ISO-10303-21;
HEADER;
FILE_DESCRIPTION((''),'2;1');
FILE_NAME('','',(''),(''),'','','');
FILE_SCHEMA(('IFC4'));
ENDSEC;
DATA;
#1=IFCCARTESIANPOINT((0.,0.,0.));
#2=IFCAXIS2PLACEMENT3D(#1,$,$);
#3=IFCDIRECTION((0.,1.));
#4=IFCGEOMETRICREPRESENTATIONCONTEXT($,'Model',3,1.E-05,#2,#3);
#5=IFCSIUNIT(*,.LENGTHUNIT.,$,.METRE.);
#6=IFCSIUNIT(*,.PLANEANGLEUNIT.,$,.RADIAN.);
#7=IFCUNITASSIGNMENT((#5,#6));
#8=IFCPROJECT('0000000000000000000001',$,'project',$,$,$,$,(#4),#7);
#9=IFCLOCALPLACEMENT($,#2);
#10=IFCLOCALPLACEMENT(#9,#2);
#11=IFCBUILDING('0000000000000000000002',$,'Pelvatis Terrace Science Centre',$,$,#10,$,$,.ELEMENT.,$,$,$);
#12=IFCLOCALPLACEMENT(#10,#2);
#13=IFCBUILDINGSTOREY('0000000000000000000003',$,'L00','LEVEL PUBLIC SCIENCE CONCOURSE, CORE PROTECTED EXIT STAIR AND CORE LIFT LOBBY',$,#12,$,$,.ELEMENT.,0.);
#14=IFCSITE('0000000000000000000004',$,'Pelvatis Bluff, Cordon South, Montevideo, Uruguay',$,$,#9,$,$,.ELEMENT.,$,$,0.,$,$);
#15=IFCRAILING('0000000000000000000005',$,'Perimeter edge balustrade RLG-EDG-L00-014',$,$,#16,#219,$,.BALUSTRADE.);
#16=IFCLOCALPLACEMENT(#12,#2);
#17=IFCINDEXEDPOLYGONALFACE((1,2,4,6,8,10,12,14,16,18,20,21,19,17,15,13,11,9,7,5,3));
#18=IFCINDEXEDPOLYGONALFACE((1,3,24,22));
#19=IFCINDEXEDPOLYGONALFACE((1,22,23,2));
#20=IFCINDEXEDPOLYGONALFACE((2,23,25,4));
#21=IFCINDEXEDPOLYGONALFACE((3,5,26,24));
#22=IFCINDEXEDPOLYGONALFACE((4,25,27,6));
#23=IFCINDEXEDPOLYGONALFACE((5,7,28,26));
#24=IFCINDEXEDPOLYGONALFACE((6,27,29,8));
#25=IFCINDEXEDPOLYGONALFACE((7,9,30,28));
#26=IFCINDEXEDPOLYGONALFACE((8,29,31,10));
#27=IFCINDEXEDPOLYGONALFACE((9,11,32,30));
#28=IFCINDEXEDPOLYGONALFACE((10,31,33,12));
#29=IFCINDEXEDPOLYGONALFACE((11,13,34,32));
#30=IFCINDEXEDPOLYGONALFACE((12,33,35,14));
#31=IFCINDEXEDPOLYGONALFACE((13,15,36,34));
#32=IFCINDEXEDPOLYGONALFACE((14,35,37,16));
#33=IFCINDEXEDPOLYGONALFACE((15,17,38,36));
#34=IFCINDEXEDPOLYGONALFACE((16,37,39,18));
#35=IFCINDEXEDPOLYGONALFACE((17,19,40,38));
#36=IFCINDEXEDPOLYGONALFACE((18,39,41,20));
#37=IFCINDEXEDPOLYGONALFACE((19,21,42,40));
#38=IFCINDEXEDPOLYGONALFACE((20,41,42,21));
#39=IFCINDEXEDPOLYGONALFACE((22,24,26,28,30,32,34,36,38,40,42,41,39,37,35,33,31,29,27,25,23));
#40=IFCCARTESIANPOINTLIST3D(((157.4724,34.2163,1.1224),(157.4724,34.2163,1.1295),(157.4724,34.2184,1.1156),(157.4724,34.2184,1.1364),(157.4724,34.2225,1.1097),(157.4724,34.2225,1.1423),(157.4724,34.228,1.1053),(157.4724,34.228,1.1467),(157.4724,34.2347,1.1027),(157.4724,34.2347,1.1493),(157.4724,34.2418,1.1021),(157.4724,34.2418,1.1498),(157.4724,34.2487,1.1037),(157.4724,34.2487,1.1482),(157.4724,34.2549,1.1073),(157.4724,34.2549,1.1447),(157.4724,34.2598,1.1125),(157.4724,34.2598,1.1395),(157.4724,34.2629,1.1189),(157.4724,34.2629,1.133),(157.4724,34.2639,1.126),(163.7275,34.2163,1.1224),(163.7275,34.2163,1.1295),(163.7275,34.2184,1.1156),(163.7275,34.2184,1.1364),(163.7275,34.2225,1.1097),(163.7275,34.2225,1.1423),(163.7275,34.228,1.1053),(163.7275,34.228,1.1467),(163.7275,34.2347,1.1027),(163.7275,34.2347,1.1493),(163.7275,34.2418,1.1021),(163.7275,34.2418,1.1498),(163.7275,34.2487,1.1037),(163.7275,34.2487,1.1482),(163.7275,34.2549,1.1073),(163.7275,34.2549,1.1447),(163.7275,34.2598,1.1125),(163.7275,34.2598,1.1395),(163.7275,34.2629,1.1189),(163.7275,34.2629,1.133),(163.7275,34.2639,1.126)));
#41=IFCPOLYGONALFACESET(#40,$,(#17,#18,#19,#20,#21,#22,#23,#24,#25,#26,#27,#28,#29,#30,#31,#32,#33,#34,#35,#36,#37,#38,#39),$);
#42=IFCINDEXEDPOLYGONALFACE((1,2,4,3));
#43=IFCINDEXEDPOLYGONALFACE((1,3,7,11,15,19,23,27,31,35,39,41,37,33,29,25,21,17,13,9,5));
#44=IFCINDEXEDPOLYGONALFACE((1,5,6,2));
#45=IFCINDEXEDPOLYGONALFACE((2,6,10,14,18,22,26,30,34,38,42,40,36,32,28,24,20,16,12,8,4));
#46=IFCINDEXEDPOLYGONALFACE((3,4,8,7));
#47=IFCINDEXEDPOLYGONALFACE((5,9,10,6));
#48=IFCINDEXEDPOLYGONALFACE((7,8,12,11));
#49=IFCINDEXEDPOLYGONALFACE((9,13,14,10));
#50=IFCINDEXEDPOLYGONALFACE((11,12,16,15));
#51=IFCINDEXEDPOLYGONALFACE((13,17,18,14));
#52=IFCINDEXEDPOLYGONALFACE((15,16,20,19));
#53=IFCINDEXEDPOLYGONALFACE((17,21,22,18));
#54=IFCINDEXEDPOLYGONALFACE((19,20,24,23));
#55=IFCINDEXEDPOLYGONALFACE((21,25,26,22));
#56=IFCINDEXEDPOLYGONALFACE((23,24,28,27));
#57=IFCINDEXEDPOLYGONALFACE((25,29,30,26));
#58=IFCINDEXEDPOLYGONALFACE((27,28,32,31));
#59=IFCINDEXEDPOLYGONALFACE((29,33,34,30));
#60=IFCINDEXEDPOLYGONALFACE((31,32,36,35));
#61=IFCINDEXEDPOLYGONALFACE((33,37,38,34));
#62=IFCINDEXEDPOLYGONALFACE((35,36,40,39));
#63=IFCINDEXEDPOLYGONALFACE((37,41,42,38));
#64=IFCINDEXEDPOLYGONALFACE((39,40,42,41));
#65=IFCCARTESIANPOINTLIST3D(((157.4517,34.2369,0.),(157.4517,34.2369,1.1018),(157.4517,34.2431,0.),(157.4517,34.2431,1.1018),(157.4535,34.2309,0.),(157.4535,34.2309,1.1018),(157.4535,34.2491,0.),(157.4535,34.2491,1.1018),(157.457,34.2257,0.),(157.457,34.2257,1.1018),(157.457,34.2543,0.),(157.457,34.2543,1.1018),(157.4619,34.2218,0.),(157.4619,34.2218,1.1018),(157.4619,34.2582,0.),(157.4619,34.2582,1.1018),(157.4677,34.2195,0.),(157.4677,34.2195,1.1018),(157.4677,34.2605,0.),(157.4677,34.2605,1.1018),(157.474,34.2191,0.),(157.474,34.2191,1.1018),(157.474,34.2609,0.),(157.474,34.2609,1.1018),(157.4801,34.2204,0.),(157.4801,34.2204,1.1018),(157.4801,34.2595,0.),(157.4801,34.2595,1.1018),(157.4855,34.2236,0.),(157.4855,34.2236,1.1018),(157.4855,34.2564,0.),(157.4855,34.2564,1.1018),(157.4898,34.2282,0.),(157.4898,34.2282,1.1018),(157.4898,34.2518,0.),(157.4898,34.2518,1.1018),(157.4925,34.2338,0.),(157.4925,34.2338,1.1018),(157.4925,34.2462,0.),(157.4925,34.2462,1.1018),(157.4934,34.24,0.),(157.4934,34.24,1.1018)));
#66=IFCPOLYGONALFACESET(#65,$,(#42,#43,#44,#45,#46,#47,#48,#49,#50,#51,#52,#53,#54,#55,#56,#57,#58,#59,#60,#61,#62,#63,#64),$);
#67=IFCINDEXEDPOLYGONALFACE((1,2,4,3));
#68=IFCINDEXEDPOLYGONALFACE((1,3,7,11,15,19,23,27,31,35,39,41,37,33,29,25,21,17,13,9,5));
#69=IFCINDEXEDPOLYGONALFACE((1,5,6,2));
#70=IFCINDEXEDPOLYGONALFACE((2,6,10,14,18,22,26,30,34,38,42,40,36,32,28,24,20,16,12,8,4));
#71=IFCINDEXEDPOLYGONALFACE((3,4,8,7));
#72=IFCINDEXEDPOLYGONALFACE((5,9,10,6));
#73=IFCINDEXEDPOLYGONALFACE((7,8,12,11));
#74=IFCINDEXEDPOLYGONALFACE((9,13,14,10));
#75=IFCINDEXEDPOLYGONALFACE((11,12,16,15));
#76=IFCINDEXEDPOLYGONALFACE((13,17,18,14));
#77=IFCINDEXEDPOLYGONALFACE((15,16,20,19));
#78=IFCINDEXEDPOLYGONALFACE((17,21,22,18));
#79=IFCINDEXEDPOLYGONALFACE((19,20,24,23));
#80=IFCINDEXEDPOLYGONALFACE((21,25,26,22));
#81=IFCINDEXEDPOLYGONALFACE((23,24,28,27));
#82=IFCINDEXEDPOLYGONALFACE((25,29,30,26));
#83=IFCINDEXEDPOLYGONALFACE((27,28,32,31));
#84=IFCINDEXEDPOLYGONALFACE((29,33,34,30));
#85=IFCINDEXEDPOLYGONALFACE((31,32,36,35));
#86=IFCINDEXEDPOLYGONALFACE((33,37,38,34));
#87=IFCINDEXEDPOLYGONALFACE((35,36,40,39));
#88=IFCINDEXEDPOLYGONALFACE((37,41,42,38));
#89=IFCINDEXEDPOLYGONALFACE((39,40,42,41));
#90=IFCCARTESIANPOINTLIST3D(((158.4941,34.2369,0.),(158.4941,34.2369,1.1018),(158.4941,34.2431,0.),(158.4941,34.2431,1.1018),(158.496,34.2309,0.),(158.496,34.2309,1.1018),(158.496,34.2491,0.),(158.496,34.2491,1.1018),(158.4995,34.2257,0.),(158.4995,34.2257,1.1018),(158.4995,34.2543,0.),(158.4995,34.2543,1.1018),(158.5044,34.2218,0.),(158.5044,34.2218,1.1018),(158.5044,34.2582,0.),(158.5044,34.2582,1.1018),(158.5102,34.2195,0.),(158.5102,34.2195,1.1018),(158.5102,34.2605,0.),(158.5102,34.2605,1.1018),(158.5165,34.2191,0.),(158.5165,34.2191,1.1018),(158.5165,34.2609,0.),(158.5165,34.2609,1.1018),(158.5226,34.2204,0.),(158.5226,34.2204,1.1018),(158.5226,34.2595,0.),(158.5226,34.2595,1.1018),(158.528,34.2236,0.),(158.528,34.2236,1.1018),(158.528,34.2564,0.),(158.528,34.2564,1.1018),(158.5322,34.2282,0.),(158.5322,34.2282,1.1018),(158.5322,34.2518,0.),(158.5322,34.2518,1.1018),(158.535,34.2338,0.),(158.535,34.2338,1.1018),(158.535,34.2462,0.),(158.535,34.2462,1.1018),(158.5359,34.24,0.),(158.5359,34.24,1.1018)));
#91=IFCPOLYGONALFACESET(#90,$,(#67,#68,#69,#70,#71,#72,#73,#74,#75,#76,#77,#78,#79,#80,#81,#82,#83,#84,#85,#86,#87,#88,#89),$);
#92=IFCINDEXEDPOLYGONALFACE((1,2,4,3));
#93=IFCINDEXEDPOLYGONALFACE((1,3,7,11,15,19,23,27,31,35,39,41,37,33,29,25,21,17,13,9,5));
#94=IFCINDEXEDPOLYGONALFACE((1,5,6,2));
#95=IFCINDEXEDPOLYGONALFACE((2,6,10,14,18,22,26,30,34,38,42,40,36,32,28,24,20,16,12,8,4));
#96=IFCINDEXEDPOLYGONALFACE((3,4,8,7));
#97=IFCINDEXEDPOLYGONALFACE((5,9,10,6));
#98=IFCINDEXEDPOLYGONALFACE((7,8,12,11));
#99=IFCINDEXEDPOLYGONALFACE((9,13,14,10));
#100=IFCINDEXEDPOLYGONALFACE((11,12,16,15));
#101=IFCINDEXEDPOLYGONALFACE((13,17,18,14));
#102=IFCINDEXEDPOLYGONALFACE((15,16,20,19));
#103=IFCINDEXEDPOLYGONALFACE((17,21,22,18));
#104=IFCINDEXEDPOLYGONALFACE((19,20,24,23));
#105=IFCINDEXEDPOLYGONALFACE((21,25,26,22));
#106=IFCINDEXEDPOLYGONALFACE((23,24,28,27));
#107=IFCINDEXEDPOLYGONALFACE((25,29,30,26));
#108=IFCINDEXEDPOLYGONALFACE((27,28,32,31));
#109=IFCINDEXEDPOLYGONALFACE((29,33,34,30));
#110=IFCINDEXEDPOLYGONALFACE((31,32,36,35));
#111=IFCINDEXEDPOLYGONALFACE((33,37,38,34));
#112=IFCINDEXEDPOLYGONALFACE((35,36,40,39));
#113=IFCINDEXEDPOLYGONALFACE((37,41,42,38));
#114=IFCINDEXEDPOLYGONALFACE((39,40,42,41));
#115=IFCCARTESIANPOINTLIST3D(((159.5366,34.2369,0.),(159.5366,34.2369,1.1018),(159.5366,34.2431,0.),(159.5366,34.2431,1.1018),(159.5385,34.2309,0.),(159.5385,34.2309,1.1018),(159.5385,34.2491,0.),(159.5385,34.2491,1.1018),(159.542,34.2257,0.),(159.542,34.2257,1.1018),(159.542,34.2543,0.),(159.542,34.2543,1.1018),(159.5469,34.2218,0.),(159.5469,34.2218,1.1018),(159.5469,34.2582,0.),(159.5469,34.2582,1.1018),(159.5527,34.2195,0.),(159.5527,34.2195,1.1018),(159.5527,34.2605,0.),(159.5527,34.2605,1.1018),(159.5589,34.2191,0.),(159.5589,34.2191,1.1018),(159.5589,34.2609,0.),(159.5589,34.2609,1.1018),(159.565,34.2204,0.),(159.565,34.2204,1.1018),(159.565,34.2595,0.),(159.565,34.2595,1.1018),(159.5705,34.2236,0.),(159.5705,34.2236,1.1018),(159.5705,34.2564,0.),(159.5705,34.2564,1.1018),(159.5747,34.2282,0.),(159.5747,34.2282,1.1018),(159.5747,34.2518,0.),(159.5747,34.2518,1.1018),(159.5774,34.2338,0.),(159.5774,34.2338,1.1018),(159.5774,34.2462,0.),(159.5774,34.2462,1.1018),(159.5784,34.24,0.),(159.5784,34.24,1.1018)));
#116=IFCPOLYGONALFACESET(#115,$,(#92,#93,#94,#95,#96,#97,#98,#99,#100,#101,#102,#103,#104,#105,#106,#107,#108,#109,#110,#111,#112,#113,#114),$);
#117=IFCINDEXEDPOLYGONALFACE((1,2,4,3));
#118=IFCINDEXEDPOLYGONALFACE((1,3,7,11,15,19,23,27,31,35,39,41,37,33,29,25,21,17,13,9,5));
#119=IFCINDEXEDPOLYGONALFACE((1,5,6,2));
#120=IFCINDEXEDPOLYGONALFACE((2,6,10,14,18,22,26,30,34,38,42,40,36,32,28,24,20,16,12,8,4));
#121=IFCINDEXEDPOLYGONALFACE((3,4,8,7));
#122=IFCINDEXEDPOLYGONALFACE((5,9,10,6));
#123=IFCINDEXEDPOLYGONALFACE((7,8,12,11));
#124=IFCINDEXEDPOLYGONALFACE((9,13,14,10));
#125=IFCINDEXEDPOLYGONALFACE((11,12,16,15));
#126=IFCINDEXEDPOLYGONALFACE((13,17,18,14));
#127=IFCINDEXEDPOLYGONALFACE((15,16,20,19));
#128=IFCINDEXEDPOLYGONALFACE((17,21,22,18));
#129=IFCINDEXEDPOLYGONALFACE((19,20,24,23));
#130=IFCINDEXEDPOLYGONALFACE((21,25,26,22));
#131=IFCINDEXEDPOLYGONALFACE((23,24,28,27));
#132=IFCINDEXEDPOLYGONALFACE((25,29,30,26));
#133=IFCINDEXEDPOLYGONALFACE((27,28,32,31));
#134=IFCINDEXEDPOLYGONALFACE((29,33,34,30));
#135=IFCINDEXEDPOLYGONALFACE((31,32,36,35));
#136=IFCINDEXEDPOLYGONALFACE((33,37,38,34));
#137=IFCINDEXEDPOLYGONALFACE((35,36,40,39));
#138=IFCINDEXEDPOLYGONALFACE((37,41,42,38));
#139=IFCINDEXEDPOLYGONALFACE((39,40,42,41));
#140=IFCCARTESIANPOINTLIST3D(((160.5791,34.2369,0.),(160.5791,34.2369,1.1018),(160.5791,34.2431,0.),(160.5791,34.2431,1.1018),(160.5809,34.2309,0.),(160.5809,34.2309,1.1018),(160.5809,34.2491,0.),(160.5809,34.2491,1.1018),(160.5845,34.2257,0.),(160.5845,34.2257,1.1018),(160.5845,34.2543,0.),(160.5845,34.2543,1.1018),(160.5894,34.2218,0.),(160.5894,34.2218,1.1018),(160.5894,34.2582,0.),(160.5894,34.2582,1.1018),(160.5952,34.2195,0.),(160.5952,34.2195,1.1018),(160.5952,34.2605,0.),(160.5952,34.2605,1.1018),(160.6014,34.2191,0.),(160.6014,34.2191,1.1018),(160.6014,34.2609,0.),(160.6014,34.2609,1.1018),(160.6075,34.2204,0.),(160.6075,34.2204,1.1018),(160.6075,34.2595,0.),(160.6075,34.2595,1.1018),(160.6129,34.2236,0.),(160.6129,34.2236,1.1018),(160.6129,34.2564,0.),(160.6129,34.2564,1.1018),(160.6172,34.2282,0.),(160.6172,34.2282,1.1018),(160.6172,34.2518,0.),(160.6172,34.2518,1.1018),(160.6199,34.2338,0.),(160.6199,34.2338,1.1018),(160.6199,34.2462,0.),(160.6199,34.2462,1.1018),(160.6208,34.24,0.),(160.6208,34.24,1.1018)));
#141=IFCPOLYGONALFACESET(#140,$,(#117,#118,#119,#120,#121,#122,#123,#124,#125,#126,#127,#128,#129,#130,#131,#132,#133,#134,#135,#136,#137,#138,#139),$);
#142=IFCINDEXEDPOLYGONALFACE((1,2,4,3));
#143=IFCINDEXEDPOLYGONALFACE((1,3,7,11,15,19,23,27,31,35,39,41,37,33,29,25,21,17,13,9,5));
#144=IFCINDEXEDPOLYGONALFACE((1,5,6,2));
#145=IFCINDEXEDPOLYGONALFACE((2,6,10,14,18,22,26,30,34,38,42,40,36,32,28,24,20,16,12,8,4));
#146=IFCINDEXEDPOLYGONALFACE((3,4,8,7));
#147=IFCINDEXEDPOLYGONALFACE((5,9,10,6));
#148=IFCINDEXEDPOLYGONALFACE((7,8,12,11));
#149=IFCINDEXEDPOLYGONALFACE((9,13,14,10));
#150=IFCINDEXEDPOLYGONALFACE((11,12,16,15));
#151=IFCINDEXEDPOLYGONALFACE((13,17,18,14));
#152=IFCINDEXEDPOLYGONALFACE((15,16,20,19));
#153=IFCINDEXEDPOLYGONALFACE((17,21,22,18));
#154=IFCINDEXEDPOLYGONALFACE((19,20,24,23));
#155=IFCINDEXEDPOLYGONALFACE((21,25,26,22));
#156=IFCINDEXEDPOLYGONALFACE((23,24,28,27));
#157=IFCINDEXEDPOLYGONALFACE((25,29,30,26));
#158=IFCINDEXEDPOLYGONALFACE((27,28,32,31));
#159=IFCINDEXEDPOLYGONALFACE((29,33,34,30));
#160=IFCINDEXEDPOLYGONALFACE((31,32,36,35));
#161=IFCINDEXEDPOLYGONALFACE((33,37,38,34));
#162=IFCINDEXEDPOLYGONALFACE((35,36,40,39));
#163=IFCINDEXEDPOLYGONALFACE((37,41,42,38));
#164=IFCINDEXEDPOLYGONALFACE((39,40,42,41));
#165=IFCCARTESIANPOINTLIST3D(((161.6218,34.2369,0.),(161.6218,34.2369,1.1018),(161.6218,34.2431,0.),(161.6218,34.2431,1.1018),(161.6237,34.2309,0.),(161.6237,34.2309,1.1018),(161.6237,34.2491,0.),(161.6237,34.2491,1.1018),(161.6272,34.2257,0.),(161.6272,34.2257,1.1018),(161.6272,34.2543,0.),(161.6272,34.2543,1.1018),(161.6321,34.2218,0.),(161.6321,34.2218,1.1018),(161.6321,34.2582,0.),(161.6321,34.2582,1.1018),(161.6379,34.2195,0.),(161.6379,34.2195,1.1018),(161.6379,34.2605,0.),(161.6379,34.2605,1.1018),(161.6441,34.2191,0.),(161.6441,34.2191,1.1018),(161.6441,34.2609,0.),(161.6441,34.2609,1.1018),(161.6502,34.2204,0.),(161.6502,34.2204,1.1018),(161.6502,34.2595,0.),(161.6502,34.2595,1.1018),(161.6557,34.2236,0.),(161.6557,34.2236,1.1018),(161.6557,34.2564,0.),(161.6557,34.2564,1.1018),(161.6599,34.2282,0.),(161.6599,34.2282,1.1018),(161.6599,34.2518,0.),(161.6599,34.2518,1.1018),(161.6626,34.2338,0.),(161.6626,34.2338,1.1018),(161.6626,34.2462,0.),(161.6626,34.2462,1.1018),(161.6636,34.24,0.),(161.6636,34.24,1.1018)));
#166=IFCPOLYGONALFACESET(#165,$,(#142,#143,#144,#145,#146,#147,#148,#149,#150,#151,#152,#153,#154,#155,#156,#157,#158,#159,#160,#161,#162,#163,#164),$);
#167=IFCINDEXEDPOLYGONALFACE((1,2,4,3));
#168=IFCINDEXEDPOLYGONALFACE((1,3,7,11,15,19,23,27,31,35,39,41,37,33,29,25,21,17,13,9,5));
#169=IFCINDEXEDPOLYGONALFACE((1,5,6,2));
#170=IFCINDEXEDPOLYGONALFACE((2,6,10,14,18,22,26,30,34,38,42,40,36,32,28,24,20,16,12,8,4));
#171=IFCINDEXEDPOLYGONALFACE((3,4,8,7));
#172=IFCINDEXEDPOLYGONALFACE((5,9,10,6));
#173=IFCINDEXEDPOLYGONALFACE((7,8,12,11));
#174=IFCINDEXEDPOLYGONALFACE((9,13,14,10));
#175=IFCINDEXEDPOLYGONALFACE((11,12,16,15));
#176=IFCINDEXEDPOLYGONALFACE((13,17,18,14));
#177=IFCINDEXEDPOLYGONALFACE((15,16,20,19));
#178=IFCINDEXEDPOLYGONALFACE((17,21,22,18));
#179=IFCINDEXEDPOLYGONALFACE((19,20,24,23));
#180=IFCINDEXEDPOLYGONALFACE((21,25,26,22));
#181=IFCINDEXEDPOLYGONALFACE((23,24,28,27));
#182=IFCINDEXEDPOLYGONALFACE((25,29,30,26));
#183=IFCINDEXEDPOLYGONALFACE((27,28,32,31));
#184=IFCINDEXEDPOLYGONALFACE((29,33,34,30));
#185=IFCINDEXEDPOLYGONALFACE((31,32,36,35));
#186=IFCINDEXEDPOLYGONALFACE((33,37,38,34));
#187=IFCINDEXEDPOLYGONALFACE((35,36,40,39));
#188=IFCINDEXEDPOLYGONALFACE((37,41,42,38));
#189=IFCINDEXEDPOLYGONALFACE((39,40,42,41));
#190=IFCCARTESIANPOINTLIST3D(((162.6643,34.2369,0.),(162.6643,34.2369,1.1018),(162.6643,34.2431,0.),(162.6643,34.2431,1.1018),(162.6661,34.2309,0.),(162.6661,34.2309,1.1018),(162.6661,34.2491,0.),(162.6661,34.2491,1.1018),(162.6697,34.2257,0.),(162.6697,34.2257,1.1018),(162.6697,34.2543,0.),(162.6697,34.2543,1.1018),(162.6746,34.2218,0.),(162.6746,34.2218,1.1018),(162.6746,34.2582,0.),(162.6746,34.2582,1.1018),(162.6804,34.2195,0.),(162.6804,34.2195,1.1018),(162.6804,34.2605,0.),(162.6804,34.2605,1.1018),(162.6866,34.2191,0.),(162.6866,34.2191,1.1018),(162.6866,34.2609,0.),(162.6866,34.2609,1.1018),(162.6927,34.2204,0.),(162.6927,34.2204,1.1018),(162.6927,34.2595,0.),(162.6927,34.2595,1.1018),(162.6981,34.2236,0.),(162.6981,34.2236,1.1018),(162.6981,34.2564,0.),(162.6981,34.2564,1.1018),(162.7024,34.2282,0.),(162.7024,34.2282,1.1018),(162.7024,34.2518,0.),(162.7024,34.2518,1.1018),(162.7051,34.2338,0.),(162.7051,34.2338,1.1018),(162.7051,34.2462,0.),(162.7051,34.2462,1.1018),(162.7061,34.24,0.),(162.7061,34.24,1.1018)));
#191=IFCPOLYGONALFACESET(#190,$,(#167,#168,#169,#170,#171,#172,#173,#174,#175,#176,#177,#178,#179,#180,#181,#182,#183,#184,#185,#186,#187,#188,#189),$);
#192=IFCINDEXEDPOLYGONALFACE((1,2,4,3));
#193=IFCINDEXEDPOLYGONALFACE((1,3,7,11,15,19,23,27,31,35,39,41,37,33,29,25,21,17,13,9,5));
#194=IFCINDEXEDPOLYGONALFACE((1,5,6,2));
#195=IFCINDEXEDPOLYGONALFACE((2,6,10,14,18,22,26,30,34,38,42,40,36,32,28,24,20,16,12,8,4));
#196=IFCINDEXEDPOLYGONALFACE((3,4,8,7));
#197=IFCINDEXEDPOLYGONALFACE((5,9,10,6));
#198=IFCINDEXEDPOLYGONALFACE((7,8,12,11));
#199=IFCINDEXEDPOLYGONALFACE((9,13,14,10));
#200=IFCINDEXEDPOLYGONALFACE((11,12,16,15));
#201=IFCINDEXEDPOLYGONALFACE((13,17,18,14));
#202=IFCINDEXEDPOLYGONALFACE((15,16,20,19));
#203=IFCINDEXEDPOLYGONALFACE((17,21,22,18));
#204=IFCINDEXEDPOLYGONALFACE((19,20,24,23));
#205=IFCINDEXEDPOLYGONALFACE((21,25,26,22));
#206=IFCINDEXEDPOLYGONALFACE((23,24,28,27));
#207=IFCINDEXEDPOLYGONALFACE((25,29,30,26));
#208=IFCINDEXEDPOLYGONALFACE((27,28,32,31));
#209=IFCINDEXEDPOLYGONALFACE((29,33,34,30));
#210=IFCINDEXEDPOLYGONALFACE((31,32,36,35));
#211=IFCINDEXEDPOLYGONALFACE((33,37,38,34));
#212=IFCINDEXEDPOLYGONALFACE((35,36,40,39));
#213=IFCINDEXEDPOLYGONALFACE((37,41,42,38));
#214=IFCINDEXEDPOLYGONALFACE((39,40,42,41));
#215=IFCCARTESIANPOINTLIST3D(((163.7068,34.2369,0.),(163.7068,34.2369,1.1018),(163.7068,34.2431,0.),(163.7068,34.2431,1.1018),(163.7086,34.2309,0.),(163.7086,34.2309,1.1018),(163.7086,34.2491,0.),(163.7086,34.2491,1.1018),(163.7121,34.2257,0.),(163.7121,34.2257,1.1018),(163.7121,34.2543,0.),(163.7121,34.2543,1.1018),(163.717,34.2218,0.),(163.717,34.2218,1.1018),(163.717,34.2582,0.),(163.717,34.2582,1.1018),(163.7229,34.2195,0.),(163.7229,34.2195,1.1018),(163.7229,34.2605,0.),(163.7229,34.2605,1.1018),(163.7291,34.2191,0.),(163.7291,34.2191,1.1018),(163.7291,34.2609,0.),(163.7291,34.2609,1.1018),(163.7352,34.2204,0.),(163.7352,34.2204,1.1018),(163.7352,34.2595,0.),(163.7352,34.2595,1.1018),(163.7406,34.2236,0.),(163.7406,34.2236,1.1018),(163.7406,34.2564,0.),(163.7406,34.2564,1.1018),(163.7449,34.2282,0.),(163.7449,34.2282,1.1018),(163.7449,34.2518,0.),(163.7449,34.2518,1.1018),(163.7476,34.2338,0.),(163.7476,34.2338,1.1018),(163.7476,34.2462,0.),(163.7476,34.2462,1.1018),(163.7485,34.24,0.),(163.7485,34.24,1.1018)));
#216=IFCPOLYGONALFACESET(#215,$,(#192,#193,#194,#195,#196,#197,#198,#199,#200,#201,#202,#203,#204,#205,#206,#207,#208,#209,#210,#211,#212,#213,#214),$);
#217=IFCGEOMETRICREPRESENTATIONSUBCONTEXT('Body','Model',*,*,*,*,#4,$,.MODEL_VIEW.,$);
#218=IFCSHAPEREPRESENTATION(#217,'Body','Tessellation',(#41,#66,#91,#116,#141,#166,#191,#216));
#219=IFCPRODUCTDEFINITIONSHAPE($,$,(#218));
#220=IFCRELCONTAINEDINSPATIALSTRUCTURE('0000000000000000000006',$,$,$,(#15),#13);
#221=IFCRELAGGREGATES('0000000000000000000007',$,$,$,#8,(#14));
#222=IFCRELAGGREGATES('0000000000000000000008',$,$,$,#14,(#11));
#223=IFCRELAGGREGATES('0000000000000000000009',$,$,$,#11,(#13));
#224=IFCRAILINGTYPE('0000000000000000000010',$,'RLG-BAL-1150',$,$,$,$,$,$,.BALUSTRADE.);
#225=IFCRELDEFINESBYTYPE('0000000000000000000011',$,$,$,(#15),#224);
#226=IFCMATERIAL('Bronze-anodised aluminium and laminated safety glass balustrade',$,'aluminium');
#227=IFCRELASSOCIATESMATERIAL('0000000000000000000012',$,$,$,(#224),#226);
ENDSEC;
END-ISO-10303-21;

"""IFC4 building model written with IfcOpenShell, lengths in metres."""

from ifc_helpers import new_model, si_unit, direction, frame, origin, origin_2d, place, context, subcontext, project, spatial, circle, extrude, material, type_object, element, save


model = new_model("IFC4")

# Units and contexts
model_context = context("Model", 3, precision=1e-05, world=origin(), true_north=direction((0.0, 1.0)))
body_context = subcontext(model_context, "Body", "Model", "MODEL_VIEW")
ifc_project = project(units=[si_unit("LENGTHUNIT", "METRE"), si_unit("PLANEANGLEUNIT", "RADIAN")], contexts=[model_context])

# Site, building, storey
site_placement = place(None, origin())
site = spatial("IfcSite", under=ifc_project, at=site_placement, Name="Pelvatis Bluff, Cordon South, Montevideo, Uruguay", CompositionType="ELEMENT", RefElevation=0.0)
building_placement = place(site_placement, origin())
building = spatial("IfcBuilding", under=site, at=building_placement, Name="Pelvatis Terrace Science Centre", CompositionType="ELEMENT")
storey_placement = place(building_placement, origin())
storey = spatial("IfcBuildingStorey", under=building, at=storey_placement, Name="L00", Description="LEVEL PUBLIC SCIENCE CONCOURSE, CORE PROTECTED EXIT STAIR AND CORE LIFT LOBBY", CompositionType="ELEMENT", Elevation=0.0)

# Railing
ifc_material_1 = material(Name="Bronze-anodised aluminium and laminated safety glass balustrade", Category="aluminium")
railing_type = type_object("IfcRailingType", Name="RLG-BAL-1150", PredefinedType="BALUSTRADE", material=ifc_material_1)
railing_1_placement = place(storey_placement, frame((157.4724, 34.24, 0.0)))
element("IfcRailing", 1, at=railing_1_placement, inside=storey, type_object=railing_type, Name="Perimeter edge balustrade RLG-EDG-L00-014", PredefinedType="BALUSTRADE", context=body_context, shape_type="SweptSolid", body=[
    extrude(circle(Radius=0.0239, at=origin_2d()), frame((0.0, 0.0, 1.126), z_axis=(1.0, 0.0, 0.0), x_axis=(0.0, 1.0, 0.0)), (0.0, 0.0, 1.0), 6.2551),
    extrude(circle(Radius=0.021, at=origin_2d()), origin(), (0.0, 0.0, 1.0), 1.1018),
    extrude(circle(Radius=0.021, at=origin_2d()), frame((1.0425, 0.0, 0.0)), (0.0, 0.0, 1.0), 1.1018),
    extrude(circle(Radius=0.021, at=origin_2d()), frame((2.085, 0.0, 0.0)), (0.0, 0.0, 1.0), 1.1018),
    extrude(circle(Radius=0.021, at=origin_2d()), frame((3.1274, 0.0, 0.0)), (0.0, 0.0, 1.0), 1.1018),
    extrude(circle(Radius=0.021, at=origin_2d()), frame((4.1702, 0.0, 0.0)), (0.0, 0.0, 1.0), 1.1018),
    extrude(circle(Radius=0.021, at=origin_2d()), frame((5.2126, 0.0, 0.0)), (0.0, 0.0, 1.0), 1.1018),
    extrude(circle(Radius=0.021, at=origin_2d()), frame((6.2551, 0.0, 0.0)), (0.0, 0.0, 1.0), 1.1018),
])

save(model, "model.ifc")
